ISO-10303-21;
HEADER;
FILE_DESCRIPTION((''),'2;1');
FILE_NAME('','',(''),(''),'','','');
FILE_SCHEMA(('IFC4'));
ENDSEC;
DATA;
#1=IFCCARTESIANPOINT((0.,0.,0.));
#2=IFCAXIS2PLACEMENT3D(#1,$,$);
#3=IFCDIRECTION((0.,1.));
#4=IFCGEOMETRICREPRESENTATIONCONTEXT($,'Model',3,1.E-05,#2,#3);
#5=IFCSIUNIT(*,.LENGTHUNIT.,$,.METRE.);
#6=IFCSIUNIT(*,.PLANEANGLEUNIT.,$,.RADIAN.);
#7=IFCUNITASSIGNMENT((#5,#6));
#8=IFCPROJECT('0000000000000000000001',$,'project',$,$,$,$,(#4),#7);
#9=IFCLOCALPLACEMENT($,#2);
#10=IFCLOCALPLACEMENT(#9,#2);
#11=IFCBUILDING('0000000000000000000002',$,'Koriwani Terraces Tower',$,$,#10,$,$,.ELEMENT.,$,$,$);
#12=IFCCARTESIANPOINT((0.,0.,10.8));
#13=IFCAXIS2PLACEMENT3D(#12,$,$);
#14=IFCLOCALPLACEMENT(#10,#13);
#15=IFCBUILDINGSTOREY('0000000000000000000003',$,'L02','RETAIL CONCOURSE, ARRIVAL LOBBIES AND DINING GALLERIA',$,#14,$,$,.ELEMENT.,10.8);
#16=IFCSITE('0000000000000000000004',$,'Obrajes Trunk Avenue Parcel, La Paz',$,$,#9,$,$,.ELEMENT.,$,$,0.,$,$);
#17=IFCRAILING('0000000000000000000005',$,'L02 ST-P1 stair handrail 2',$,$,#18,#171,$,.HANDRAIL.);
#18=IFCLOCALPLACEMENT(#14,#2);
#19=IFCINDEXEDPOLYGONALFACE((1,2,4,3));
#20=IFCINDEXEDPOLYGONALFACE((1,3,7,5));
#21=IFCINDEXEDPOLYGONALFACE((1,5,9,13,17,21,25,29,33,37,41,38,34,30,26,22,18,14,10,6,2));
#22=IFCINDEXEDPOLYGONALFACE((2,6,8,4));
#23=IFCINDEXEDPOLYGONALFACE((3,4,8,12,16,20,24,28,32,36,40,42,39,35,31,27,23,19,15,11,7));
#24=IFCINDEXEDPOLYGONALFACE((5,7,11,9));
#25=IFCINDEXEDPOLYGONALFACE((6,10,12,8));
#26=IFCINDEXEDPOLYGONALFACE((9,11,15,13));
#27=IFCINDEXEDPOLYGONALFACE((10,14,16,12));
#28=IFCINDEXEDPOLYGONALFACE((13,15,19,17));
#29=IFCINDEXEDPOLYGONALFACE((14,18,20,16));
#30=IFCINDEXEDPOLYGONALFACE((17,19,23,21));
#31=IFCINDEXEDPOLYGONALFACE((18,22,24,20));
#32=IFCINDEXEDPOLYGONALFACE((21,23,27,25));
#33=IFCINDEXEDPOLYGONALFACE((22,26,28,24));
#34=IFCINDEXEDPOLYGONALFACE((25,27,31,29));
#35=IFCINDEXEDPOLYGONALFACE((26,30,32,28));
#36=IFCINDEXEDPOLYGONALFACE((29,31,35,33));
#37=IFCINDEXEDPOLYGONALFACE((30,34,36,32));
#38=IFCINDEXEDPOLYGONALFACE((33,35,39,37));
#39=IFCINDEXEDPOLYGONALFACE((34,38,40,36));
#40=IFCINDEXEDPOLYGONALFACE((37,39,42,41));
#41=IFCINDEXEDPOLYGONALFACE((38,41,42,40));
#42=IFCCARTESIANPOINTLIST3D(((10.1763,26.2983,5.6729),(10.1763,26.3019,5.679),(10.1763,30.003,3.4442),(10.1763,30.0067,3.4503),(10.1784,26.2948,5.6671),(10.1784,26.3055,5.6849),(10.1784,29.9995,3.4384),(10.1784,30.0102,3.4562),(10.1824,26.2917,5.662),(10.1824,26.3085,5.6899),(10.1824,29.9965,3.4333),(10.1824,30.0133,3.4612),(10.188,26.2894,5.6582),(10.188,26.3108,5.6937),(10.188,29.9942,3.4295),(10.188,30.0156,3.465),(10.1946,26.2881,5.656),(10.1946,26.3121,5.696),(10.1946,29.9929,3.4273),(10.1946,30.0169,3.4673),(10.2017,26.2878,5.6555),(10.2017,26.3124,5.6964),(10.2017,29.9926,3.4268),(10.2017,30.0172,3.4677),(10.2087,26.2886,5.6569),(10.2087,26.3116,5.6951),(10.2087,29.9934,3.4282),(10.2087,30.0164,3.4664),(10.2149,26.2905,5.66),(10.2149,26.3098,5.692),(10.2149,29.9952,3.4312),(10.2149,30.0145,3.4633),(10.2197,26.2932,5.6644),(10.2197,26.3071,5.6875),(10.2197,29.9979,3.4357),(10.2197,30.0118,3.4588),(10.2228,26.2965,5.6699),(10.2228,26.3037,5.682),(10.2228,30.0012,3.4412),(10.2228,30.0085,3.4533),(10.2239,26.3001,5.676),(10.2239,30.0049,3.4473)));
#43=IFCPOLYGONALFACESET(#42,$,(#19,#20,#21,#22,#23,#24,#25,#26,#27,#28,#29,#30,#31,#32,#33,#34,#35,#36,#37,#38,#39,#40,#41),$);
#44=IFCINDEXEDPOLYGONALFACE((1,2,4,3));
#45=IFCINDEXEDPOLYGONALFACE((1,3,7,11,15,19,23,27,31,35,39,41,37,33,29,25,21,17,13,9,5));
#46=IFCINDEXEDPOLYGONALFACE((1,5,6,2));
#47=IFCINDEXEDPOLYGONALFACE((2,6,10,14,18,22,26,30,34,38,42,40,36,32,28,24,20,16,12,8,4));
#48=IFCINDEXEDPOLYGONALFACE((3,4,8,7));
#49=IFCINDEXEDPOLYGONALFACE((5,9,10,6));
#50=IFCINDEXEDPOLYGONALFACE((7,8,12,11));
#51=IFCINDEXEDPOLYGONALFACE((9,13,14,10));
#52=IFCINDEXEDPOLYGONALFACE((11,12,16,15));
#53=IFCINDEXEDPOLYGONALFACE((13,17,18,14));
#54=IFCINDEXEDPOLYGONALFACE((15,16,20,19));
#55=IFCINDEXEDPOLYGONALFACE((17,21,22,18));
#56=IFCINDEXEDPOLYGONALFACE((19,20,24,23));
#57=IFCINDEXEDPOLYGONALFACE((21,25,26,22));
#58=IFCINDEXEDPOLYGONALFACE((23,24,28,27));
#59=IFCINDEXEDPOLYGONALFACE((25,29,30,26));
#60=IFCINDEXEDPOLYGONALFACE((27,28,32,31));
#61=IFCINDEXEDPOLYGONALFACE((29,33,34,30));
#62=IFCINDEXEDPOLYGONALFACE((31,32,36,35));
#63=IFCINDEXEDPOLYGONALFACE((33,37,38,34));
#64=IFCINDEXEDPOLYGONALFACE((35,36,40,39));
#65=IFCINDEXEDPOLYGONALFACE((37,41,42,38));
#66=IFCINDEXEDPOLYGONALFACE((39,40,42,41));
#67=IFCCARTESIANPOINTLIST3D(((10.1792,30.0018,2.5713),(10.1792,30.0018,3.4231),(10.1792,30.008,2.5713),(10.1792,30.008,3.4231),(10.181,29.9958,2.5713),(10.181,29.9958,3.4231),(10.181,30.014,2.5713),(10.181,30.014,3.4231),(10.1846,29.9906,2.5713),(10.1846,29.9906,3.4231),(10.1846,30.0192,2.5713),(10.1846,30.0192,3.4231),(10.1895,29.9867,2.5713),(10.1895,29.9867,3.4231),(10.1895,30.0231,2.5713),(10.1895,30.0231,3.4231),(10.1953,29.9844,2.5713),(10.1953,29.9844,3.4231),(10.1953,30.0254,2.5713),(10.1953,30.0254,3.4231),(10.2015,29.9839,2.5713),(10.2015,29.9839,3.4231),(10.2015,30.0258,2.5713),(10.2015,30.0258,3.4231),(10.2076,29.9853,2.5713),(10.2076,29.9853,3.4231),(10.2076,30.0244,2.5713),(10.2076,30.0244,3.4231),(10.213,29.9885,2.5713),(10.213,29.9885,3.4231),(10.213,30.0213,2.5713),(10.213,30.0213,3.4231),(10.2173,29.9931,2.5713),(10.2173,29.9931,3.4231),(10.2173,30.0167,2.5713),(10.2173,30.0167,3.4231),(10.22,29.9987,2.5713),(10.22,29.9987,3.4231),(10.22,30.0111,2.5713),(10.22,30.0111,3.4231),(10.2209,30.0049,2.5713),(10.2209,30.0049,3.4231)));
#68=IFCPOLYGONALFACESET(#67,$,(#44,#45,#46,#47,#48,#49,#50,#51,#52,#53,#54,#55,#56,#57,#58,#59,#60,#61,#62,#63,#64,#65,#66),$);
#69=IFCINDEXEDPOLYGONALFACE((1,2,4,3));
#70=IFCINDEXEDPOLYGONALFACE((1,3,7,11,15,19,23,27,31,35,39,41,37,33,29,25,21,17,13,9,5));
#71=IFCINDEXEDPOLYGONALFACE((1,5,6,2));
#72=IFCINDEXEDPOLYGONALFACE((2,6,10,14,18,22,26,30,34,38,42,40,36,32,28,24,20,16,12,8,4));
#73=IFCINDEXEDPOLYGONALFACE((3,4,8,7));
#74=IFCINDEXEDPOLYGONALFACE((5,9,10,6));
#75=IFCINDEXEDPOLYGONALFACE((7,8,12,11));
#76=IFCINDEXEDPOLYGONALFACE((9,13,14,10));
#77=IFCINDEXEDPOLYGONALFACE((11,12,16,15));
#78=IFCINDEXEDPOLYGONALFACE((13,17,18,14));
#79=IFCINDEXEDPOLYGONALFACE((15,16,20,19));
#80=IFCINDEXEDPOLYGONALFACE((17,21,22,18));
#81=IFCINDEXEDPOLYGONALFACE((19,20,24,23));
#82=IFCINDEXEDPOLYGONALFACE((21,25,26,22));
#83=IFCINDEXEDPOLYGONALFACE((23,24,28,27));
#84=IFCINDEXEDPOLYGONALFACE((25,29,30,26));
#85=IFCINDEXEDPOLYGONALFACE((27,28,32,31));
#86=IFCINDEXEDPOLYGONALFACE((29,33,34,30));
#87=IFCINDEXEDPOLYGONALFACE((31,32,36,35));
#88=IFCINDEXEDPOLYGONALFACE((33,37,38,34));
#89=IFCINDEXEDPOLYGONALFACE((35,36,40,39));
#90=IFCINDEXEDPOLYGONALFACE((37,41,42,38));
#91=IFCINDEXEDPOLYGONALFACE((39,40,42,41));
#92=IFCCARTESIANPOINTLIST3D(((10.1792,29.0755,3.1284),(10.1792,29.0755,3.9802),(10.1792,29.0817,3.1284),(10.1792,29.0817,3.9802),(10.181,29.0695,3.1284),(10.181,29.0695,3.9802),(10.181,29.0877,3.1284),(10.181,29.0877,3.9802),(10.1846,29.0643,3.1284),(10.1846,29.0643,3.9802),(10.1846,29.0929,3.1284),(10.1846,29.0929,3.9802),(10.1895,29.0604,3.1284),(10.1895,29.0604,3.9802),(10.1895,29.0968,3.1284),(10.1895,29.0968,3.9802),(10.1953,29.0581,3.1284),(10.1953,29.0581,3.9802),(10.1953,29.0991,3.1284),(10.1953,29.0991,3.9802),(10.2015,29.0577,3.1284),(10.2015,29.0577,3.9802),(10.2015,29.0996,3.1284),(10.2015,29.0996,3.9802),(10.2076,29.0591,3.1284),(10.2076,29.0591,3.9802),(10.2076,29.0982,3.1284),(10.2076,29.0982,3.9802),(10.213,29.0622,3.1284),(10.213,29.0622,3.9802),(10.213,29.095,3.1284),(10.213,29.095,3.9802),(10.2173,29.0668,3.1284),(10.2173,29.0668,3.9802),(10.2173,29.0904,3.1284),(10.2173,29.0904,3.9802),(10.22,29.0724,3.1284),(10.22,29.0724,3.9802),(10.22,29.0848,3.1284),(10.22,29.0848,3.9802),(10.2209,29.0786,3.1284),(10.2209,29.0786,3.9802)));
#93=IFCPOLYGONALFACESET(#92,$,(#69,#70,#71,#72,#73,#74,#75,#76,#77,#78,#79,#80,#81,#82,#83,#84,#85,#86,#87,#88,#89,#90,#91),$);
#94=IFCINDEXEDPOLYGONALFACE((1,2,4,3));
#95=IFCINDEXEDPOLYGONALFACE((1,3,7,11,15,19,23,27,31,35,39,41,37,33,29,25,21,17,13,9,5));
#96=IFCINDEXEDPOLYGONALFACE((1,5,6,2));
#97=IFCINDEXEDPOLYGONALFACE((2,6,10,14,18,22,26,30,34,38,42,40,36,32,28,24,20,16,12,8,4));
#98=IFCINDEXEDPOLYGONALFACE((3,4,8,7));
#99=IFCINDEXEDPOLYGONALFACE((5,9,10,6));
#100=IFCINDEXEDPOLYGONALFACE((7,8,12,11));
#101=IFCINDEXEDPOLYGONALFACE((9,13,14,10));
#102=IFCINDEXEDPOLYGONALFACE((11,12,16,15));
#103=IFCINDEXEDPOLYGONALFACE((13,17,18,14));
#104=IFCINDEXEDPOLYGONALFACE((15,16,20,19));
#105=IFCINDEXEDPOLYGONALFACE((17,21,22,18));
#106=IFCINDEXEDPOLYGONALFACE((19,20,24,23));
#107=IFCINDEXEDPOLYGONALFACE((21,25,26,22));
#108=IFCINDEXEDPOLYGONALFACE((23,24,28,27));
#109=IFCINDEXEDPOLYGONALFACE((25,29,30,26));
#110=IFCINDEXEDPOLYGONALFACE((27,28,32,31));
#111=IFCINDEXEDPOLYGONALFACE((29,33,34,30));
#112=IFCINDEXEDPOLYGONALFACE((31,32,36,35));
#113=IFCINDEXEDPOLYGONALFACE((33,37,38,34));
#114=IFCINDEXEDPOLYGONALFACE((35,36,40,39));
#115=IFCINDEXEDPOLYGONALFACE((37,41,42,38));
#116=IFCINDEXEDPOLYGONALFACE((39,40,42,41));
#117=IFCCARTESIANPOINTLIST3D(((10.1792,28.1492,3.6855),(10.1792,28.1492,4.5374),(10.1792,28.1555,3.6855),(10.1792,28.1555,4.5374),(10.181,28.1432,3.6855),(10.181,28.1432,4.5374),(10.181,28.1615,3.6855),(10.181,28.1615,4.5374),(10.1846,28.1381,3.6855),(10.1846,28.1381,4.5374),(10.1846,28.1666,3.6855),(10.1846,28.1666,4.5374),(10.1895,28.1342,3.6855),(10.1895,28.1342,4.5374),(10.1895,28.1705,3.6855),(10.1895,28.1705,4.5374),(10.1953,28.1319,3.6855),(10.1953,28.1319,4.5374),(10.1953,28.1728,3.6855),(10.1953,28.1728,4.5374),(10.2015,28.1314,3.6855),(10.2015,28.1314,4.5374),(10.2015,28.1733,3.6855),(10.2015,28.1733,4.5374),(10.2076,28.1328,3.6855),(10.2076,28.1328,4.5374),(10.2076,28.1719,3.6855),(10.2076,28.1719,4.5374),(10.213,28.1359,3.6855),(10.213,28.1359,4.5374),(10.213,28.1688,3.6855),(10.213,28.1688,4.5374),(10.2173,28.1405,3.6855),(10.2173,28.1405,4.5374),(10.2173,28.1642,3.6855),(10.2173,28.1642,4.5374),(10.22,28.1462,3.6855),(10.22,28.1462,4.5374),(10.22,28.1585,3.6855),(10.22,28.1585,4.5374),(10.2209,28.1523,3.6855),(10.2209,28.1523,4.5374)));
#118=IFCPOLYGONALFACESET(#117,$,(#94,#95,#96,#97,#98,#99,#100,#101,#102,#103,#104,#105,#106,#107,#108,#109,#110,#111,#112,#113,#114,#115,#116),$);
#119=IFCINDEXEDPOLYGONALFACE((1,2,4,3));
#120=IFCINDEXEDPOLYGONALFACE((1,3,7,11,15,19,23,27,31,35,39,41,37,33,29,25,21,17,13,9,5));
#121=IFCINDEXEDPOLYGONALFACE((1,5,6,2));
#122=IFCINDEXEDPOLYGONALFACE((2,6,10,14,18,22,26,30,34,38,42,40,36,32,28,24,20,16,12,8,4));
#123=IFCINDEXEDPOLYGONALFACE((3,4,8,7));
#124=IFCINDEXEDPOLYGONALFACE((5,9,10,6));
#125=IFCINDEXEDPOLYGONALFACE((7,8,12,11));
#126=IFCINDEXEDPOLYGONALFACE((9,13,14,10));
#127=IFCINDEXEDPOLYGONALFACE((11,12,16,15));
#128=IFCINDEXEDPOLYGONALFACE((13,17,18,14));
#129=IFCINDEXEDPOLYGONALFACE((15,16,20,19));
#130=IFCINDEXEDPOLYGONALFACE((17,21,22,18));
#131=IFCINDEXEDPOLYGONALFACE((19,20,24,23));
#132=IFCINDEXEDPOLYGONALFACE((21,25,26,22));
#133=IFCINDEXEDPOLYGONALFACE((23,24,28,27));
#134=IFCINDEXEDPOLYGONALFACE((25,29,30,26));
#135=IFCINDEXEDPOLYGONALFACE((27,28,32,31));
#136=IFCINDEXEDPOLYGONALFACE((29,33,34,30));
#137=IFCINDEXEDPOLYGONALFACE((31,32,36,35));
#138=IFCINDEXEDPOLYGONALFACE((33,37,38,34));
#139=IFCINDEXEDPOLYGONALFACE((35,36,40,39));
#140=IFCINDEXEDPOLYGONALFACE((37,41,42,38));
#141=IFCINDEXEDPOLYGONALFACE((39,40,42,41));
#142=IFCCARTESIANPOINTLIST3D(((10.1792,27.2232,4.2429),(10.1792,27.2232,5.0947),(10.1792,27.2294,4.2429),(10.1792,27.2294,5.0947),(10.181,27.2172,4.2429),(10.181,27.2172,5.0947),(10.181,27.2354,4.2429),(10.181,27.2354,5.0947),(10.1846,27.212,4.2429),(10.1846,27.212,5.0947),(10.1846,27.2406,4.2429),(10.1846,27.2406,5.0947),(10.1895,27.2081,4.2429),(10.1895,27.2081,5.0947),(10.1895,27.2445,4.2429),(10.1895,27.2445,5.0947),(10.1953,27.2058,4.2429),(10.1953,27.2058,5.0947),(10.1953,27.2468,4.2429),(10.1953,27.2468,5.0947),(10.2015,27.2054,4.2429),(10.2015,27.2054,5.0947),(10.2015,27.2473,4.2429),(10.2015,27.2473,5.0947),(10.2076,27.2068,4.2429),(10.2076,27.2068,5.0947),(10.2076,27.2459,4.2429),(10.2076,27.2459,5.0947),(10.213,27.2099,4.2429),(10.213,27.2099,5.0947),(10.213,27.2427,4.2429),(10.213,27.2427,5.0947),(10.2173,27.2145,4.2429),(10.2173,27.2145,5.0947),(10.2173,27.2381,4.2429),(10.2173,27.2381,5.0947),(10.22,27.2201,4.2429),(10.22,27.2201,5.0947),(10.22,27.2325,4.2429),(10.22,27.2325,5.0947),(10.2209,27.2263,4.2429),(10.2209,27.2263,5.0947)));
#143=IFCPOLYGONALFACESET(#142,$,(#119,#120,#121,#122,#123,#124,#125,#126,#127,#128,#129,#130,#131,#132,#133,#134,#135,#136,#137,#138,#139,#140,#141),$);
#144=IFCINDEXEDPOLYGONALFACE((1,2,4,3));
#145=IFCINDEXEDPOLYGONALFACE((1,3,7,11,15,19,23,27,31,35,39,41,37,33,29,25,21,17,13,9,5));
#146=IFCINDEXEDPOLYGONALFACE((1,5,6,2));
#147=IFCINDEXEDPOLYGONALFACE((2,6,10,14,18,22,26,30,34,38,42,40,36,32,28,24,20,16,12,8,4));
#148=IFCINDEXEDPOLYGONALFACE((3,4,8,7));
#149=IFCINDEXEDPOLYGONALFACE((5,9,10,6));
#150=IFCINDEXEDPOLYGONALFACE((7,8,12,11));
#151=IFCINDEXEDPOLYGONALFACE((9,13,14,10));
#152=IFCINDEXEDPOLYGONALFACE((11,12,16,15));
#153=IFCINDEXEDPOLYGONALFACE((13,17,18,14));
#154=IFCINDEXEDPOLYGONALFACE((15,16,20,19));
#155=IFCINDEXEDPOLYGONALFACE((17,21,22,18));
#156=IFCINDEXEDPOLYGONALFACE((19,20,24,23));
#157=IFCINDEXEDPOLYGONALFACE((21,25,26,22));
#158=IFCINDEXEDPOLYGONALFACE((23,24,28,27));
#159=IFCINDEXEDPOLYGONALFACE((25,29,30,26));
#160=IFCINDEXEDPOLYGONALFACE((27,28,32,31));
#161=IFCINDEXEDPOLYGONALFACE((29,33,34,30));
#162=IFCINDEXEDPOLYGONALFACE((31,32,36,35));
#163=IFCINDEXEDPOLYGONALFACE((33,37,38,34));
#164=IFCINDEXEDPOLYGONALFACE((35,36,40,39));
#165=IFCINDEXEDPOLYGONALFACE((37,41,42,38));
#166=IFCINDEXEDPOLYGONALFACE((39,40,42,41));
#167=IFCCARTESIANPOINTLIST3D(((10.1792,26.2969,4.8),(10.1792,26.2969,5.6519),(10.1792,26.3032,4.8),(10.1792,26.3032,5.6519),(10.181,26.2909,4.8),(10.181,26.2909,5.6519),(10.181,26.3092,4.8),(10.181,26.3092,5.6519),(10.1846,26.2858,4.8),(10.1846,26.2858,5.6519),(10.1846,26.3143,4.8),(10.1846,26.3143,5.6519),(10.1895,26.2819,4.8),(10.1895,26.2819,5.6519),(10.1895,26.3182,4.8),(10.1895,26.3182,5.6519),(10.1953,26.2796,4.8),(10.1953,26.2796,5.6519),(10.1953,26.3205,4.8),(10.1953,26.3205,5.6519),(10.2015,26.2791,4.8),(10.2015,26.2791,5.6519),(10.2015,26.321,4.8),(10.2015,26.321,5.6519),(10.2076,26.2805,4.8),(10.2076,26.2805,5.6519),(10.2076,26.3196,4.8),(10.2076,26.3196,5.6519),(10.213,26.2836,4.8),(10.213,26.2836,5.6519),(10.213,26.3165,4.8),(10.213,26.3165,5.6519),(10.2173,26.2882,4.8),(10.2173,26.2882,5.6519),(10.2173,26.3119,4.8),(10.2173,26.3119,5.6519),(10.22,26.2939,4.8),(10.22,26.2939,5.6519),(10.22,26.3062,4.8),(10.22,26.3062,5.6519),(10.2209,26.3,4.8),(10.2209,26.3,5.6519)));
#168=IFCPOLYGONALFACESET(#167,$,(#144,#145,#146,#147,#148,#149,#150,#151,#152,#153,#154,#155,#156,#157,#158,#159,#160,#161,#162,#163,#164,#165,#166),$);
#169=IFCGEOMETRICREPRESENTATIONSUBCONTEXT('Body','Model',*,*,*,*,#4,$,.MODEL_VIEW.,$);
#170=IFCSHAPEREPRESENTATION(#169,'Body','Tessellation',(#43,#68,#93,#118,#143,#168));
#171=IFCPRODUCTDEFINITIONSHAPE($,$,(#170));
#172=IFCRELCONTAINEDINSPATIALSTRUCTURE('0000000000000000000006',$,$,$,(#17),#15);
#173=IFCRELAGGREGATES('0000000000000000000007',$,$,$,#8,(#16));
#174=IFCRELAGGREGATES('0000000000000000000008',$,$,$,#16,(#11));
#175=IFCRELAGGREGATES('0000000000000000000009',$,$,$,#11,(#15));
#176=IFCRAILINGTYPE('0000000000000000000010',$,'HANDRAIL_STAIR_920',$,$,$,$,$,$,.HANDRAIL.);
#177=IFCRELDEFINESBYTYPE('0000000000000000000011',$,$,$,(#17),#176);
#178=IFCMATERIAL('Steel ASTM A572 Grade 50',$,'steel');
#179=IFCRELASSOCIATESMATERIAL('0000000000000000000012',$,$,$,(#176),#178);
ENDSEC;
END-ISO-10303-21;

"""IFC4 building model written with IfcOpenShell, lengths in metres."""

from ifc_helpers import new_model, si_unit, direction, frame, origin, origin_2d, place, context, subcontext, project, spatial, circle, extrude, material, type_object, element, save


model = new_model("IFC4")

# Units and contexts
model_context = context("Model", 3, precision=1e-05, world=origin(), true_north=direction((0.0, 1.0)))
body_context = subcontext(model_context, "Body", "Model", "MODEL_VIEW")
ifc_project = project(units=[si_unit("LENGTHUNIT", "METRE"), si_unit("PLANEANGLEUNIT", "RADIAN")], contexts=[model_context])

# Site, building, storey
site_placement = place(None, origin())
site = spatial("IfcSite", under=ifc_project, at=site_placement, Name="Obrajes Trunk Avenue Parcel, La Paz", CompositionType="ELEMENT", RefElevation=0.0)
building_placement = place(site_placement, origin())
building = spatial("IfcBuilding", under=site, at=building_placement, Name="Koriwani Terraces Tower", CompositionType="ELEMENT")
storey_placement = place(building_placement, frame((0.0, 0.0, 10.8)))
storey = spatial("IfcBuildingStorey", under=building, at=storey_placement, Name="L02", Description="RETAIL CONCOURSE, ARRIVAL LOBBIES AND DINING GALLERIA", CompositionType="ELEMENT", Elevation=10.8)

# Shared definitions
ifc_material_1 = material(Name="Steel ASTM A572 Grade 50", Category="steel")

# Railing
railing_type_1 = type_object("IfcRailingType", Name="HANDRAIL_STAIR_920", PredefinedType="HANDRAIL", material=ifc_material_1)
railing_1_placement = place(storey_placement, frame((10.2, 30.0049, 2.5713)))
element("IfcRailing", 1, at=railing_1_placement, inside=storey, type_object=railing_type_1, Name="L02 ST-P1 stair handrail 2", PredefinedType="HANDRAIL", context=body_context, shape_type="SweptSolid", body=[
    extrude(circle(Radius=0.0239, at=origin_2d()), frame((0.0, 0.0, 0.876), z_axis=(0.0, -0.856894, 0.515492), x_axis=(1.0, 0.0, 0.0)), (0.0, 0.0, 1.0), 4.3235),
    extrude(circle(Radius=0.021, at=origin_2d()), origin(), (0.0, 0.0, 1.0), 0.8518),
    extrude(circle(Radius=0.021, at=origin_2d()), frame((0.0, -0.9263, 0.5571)), (0.0, 0.0, 1.0), 0.8518),
    extrude(circle(Radius=0.021, at=origin_2d()), frame((0.0, -1.8525, 1.1143)), (0.0, 0.0, 1.0), 0.8518),
    extrude(circle(Radius=0.021, at=origin_2d()), frame((0.0, -2.7786, 1.6716)), (0.0, 0.0, 1.0), 0.8518),
    extrude(circle(Radius=0.021, at=origin_2d()), frame((0.0, -3.7048, 2.2288)), (0.0, 0.0, 1.0), 0.8518),
])

save(model, "model.ifc")
